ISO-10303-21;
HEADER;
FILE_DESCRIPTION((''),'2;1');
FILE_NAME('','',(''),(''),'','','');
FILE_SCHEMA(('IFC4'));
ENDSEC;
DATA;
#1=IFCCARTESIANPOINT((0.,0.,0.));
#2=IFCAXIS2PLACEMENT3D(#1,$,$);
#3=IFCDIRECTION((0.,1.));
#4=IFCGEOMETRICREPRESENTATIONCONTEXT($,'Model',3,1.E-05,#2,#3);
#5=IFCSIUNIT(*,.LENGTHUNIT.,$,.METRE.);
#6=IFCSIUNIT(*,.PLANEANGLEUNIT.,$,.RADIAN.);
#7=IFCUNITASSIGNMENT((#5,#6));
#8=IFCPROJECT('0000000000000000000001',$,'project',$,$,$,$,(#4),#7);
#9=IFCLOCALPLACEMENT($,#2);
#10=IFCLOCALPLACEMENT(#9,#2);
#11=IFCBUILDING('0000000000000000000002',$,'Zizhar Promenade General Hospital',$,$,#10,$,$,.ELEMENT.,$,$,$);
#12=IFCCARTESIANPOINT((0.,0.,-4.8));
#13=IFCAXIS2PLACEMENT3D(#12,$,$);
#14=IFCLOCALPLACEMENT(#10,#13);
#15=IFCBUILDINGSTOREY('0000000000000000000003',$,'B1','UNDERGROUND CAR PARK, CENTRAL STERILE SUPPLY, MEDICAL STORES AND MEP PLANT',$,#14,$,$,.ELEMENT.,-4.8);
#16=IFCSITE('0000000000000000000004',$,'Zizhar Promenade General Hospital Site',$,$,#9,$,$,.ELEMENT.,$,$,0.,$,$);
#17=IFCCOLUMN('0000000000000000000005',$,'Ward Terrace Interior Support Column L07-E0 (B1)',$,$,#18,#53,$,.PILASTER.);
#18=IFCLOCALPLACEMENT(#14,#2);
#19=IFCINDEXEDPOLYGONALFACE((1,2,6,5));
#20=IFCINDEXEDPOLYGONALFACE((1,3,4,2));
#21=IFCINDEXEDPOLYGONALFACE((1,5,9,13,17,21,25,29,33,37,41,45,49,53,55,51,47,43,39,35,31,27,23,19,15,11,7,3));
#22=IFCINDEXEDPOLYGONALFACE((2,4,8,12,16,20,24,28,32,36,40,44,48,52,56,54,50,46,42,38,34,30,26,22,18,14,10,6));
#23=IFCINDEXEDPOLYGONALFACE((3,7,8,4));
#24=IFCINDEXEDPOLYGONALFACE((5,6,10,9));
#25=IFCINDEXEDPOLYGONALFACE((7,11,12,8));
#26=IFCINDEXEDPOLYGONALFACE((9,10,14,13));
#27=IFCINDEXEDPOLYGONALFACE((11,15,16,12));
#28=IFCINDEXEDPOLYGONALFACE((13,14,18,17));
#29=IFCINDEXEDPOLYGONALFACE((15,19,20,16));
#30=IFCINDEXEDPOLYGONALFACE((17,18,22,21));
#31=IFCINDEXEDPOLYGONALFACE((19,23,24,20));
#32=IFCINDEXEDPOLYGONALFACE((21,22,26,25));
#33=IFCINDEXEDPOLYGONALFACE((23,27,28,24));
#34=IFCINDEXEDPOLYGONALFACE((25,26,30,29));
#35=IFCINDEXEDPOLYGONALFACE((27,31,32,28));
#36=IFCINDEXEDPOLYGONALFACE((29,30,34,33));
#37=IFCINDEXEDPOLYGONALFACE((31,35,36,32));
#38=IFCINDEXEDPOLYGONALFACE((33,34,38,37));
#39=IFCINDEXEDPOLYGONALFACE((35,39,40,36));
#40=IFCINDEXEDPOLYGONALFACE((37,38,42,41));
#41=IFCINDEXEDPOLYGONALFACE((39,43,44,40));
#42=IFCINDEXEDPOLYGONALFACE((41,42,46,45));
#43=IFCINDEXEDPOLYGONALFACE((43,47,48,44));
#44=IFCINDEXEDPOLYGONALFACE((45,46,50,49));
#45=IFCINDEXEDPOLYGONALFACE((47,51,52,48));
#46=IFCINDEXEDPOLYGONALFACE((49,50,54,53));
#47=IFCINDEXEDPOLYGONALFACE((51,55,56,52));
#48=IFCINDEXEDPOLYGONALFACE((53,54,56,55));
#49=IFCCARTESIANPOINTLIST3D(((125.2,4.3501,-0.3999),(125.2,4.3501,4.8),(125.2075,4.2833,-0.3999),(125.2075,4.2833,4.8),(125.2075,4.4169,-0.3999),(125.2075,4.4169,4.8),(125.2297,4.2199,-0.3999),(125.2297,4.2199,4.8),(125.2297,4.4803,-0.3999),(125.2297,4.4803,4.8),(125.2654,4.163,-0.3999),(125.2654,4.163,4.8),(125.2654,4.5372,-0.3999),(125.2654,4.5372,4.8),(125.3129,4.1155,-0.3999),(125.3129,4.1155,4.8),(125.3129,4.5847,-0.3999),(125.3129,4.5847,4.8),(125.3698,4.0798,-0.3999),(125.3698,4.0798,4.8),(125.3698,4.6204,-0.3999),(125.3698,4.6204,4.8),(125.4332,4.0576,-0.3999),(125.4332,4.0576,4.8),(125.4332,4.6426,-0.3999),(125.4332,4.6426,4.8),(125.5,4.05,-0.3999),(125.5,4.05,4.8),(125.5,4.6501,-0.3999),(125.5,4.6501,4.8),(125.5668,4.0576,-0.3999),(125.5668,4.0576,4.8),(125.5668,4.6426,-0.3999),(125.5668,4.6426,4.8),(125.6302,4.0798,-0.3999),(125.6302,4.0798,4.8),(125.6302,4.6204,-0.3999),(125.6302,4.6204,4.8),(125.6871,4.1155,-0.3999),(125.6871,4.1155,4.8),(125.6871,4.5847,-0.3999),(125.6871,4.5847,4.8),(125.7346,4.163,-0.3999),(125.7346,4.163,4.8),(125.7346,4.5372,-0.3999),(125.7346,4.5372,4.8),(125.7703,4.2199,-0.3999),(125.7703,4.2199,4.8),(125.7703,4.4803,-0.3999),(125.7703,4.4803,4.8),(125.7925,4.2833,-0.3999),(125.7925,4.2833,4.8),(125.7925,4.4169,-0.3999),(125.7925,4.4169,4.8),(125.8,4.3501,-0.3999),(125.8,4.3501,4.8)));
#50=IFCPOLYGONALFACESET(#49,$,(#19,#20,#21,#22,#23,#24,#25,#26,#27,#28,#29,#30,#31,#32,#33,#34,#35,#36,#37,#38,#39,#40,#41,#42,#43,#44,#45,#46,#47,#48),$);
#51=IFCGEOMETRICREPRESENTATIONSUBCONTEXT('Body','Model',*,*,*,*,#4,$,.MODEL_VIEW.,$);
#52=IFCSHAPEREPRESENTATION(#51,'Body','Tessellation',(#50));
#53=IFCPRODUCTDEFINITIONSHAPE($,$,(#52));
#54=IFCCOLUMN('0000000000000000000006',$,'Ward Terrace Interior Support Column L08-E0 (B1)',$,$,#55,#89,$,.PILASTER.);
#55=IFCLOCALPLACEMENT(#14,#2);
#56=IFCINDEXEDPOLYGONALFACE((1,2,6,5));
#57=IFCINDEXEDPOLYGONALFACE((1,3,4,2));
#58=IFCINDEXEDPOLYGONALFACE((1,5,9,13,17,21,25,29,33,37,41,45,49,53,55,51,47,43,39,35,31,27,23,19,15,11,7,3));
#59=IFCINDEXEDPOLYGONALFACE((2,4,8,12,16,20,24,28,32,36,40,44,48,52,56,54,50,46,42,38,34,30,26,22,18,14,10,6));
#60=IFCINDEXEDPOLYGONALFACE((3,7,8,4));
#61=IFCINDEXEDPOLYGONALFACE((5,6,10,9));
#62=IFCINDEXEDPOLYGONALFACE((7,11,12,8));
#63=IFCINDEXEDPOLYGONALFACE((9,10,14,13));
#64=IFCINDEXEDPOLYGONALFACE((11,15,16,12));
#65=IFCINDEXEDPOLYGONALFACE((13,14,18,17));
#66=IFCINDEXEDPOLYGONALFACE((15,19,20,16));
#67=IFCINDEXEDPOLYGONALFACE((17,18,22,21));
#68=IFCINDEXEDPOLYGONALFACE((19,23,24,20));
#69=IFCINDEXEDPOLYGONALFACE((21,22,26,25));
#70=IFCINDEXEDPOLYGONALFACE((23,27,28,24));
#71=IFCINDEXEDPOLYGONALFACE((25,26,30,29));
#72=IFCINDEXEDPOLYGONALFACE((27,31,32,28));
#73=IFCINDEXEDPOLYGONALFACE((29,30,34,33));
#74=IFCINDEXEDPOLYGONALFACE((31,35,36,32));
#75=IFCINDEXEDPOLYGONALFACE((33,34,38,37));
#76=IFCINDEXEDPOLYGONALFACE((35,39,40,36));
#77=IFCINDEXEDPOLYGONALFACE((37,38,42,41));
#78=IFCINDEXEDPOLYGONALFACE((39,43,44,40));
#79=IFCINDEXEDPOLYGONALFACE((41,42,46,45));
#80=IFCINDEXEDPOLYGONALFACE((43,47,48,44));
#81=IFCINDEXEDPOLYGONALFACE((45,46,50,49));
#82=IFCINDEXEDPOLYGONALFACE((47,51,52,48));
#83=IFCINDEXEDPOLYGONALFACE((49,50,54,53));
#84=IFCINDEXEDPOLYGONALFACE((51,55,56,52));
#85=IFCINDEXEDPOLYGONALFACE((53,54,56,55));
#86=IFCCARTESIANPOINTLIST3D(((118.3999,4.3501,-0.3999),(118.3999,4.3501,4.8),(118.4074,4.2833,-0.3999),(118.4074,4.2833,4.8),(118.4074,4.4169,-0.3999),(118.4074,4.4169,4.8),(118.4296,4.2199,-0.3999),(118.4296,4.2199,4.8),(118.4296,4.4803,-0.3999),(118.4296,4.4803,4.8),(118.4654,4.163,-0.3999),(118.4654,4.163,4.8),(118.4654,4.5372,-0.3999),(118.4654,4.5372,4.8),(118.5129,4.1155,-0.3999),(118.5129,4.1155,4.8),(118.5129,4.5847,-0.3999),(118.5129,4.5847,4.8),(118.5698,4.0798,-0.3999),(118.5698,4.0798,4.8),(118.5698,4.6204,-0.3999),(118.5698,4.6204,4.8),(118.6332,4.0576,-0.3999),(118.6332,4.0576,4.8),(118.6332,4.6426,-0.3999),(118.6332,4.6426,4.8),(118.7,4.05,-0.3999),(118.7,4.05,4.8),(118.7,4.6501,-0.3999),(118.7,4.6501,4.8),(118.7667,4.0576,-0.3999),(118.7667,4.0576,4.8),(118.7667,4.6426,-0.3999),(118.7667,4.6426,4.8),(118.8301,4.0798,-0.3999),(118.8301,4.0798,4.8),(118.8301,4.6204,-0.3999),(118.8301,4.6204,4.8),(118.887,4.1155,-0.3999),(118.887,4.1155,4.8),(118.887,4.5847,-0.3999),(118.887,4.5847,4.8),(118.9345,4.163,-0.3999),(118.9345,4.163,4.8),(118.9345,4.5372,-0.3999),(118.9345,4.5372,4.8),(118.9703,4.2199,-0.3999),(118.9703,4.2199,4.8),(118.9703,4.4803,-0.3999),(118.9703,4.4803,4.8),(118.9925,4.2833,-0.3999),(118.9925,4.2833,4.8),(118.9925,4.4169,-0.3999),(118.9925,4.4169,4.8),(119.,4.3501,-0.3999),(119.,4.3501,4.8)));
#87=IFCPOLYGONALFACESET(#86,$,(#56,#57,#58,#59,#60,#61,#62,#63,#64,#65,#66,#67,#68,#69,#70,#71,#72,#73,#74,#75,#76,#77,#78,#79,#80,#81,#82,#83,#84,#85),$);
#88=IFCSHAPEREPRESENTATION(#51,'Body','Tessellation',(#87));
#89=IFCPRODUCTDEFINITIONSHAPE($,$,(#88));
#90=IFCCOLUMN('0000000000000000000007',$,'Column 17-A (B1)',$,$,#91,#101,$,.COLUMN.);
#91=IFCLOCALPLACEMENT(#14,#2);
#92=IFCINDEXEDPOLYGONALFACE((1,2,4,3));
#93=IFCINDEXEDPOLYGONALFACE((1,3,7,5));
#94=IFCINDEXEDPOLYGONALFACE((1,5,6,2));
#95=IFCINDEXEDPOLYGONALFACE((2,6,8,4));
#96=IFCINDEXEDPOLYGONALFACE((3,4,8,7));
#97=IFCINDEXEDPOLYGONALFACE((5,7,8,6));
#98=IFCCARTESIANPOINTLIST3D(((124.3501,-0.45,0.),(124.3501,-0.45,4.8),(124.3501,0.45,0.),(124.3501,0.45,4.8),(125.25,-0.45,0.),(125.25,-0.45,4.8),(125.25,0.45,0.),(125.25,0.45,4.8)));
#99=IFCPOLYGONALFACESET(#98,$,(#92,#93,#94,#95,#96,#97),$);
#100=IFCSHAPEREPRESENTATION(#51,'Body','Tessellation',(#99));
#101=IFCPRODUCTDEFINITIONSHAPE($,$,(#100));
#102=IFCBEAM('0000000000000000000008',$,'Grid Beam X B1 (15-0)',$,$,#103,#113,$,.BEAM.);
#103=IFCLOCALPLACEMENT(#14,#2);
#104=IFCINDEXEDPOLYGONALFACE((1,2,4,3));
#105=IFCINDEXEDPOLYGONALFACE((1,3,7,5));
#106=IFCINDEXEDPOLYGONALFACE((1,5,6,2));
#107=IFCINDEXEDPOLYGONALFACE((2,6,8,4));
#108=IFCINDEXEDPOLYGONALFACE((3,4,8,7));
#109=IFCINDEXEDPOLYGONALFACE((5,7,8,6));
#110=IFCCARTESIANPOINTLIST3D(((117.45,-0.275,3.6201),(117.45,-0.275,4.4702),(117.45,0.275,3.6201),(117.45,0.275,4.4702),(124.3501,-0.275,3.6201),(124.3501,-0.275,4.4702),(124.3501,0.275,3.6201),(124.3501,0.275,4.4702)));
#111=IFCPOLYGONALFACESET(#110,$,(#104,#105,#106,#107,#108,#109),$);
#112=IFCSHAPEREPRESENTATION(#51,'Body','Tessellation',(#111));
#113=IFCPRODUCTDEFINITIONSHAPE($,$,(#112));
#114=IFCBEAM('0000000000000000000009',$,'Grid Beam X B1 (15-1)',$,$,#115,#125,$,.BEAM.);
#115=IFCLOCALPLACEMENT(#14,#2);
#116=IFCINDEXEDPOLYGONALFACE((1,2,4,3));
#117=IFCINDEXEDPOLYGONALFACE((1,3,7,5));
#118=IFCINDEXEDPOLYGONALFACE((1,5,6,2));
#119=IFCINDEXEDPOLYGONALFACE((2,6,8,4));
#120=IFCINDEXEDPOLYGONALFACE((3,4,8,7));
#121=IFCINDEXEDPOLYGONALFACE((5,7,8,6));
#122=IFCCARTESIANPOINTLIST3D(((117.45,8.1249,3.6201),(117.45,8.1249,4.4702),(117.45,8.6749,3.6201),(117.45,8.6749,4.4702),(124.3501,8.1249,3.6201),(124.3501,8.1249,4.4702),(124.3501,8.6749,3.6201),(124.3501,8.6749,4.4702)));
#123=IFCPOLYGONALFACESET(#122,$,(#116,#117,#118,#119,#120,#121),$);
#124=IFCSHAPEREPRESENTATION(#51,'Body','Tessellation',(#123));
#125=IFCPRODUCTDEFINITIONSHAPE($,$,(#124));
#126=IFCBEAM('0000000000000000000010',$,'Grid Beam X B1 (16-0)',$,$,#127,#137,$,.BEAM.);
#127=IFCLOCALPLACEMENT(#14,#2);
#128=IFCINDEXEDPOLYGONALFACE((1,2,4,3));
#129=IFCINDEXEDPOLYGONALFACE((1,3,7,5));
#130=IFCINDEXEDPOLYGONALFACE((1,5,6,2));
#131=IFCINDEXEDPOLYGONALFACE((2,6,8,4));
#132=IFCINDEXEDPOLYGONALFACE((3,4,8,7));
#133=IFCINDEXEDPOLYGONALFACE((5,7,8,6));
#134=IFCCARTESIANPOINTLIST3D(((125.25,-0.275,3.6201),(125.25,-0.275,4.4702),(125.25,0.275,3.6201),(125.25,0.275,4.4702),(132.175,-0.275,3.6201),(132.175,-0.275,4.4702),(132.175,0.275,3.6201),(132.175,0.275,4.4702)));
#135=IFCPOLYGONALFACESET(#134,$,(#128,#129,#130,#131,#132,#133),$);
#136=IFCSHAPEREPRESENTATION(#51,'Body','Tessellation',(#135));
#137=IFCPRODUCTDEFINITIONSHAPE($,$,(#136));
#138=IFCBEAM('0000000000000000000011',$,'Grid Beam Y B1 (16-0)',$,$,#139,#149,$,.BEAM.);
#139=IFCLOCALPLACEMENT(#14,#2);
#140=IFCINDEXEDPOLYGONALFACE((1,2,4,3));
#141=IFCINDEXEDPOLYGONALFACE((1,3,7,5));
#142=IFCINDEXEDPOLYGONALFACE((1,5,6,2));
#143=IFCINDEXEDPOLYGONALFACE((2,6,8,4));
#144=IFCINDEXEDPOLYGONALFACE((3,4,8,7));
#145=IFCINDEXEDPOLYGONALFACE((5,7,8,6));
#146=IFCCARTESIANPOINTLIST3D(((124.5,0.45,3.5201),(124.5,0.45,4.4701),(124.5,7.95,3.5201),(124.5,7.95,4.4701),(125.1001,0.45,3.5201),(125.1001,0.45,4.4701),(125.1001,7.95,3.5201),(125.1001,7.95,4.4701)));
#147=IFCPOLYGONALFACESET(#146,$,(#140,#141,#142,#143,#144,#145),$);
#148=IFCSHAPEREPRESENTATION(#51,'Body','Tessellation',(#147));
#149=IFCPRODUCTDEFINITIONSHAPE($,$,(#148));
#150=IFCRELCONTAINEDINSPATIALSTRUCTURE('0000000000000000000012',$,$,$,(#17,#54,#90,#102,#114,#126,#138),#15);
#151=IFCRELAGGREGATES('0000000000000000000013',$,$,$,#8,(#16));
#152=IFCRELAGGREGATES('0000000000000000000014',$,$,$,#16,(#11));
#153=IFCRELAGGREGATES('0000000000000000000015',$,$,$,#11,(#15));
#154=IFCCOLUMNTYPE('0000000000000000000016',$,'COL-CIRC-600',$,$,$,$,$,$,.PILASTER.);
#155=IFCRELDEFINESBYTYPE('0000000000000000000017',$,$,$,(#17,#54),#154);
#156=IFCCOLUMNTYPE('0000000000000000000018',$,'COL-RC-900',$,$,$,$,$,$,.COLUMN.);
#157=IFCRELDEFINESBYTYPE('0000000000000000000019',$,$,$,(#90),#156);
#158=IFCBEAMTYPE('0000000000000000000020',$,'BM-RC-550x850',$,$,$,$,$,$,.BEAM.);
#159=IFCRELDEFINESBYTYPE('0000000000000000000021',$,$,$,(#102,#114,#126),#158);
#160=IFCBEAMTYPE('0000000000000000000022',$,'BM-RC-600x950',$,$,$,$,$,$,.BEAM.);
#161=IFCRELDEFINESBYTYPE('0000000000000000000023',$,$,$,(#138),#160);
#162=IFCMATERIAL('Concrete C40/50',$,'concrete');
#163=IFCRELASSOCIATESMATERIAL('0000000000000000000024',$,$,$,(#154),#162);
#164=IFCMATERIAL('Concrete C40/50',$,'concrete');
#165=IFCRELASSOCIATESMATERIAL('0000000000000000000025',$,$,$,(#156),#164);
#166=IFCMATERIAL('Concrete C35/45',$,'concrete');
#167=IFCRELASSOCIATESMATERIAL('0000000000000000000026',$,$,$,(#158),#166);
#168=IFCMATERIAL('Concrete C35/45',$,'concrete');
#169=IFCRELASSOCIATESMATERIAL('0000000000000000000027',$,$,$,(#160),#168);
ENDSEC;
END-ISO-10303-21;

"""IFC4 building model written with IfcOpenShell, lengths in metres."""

from ifc_helpers import new_model, si_unit, direction, frame, origin, origin_2d, place, context, subcontext, project, spatial, rectangle, circle, extrude, material, material_profile, profile_set, type_object, element, save


model = new_model("IFC4")

# Units and contexts
model_context = context("Model", 3, precision=1e-05, world=origin(), true_north=direction((0.0, 1.0)))
body_context = subcontext(model_context, "Body", "Model", "MODEL_VIEW")
ifc_project = project(units=[si_unit("LENGTHUNIT", "METRE"), si_unit("PLANEANGLEUNIT", "RADIAN")], contexts=[model_context])

# Site, building, storey
site_placement = place(None, origin())
site = spatial("IfcSite", under=ifc_project, at=site_placement, Name="Zizhar Promenade General Hospital Site", CompositionType="ELEMENT", RefElevation=0.0)
building_placement = place(site_placement, origin())
building = spatial("IfcBuilding", under=site, at=building_placement, Name="Zizhar Promenade General Hospital", CompositionType="ELEMENT")
storey_placement = place(building_placement, frame((0.0, 0.0, -4.8)))
storey = spatial("IfcBuildingStorey", under=building, at=storey_placement, Name="B1", Description="UNDERGROUND CAR PARK, CENTRAL STERILE SUPPLY, MEDICAL STORES AND MEP PLANT", CompositionType="ELEMENT", Elevation=-4.8)

# Columns
ifc_material_1 = material(Name="Concrete C40/50", Category="concrete")
ifc_material_profile_1 = material_profile(ifc_material_1, circle(Radius=0.3, at=origin_2d()))
ifc_profile_set_1 = profile_set([ifc_material_profile_1], Name="Concrete C40/50")
column_type_1 = type_object("IfcColumnType", Name="COL-CIRC-600", PredefinedType="PILASTER", material=ifc_profile_set_1)
for number, where, z_axis, x_axis, name in (
    (1, (125.5, 4.3501, -0.3999), (0.0, 0.0, 1.0), (1.0, 0.0, 0.0), "Ward Terrace Interior Support Column L07-E0 (B1)"),
    (2, (118.7, 4.3501, -0.3999), (0.0, 0.0, 1.0), (1.0, 0.0, 0.0), "Ward Terrace Interior Support Column L08-E0 (B1)"),
):
    element("IfcColumn", number, at=place(storey_placement, frame(where, z_axis=z_axis, x_axis=x_axis)), inside=storey, type_object=column_type_1, Name=name, PredefinedType="PILASTER", context=body_context, shape_type="SweptSolid", body=[
        extrude(circle(Radius=0.3, at=origin_2d()), origin(), (0.0, 0.0, 1.0), 5.2),
    ])
ifc_material_2 = material(Name="Concrete C40/50", Category="concrete")
ifc_material_profile_2 = material_profile(ifc_material_2, rectangle(XDim=0.8999, YDim=0.8999, at=origin_2d()))
ifc_profile_set_2 = profile_set([ifc_material_profile_2], Name="Concrete C40/50")
column_type_2 = type_object("IfcColumnType", Name="COL-RC-900", PredefinedType="COLUMN", material=ifc_profile_set_2)
column_placement = place(storey_placement, frame((124.8, 0.0, 0.0), z_axis=(0.0, 0.0, 1.0), x_axis=(1.0, 0.0, 0.0)))
element("IfcColumn", 3, at=column_placement, inside=storey, type_object=column_type_2, Name="Column 17-A (B1)", PredefinedType="COLUMN", context=body_context, shape_type="SweptSolid", body=[
    extrude(rectangle(XDim=0.8999, YDim=0.8999, at=origin_2d()), origin(), (0.0, 0.0, 1.0), 4.8),
])

# Beams
ifc_material_3 = material(Name="Concrete C35/45", Category="concrete")
ifc_material_profile_3 = material_profile(ifc_material_3, rectangle(XDim=0.55, YDim=0.8501, at=origin_2d()))
ifc_profile_set_3 = profile_set([ifc_material_profile_3], Name="Concrete C35/45")
beam_type_1 = type_object("IfcBeamType", Name="BM-RC-550x850", PredefinedType="BEAM", material=ifc_profile_set_3)
for number, where, z_axis, x_axis, name in (
    (4, (117.45, 0.0, 4.0452), (1.0, 0.0, 0.0), (0.0, 1.0, 0.0), "Grid Beam X B1 (15-0)"),
    (5, (117.45, 8.3999, 4.0452), (1.0, 0.0, 0.0), (0.0, 1.0, 0.0), "Grid Beam X B1 (15-1)"),
):
    element("IfcBeam", number, at=place(storey_placement, frame(where, z_axis=z_axis, x_axis=x_axis)), inside=storey, type_object=beam_type_1, Name=name, PredefinedType="BEAM", context=body_context, shape_type="SweptSolid", body=[
        extrude(rectangle(XDim=0.55, YDim=0.8501, at=origin_2d()), origin(), (0.0, 0.0, 1.0), 6.9001),
    ])
beam_1_placement = place(storey_placement, frame((125.25, 0.0, 4.0452), z_axis=(1.0, 0.0, 0.0), x_axis=(0.0, 1.0, 0.0)))
element("IfcBeam", 6, at=beam_1_placement, inside=storey, type_object=beam_type_1, Name="Grid Beam X B1 (16-0)", PredefinedType="BEAM", context=body_context, shape_type="SweptSolid", body=[
    extrude(rectangle(XDim=0.55, YDim=0.8501, at=origin_2d()), origin(), (0.0, 0.0, 1.0), 6.925),
])
ifc_material_4 = material(Name="Concrete C35/45", Category="concrete")
ifc_material_profile_4 = material_profile(ifc_material_4, rectangle(XDim=0.6001, YDim=0.95, at=origin_2d()))
ifc_profile_set_4 = profile_set([ifc_material_profile_4], Name="Concrete C35/45")
beam_type_2 = type_object("IfcBeamType", Name="BM-RC-600x950", PredefinedType="BEAM", material=ifc_profile_set_4)
beam_2_placement = place(storey_placement, frame((124.8, 0.45, 3.9951), z_axis=(0.0, 1.0, 0.0), x_axis=(-1.0, 0.0, 0.0)))
element("IfcBeam", 7, at=beam_2_placement, inside=storey, type_object=beam_type_2, Name="Grid Beam Y B1 (16-0)", PredefinedType="BEAM", context=body_context, shape_type="SweptSolid", body=[
    extrude(rectangle(XDim=0.6001, YDim=0.95, at=origin_2d()), origin(), (0.0, 0.0, 1.0), 7.5),
])

save(model, "model.ifc")
